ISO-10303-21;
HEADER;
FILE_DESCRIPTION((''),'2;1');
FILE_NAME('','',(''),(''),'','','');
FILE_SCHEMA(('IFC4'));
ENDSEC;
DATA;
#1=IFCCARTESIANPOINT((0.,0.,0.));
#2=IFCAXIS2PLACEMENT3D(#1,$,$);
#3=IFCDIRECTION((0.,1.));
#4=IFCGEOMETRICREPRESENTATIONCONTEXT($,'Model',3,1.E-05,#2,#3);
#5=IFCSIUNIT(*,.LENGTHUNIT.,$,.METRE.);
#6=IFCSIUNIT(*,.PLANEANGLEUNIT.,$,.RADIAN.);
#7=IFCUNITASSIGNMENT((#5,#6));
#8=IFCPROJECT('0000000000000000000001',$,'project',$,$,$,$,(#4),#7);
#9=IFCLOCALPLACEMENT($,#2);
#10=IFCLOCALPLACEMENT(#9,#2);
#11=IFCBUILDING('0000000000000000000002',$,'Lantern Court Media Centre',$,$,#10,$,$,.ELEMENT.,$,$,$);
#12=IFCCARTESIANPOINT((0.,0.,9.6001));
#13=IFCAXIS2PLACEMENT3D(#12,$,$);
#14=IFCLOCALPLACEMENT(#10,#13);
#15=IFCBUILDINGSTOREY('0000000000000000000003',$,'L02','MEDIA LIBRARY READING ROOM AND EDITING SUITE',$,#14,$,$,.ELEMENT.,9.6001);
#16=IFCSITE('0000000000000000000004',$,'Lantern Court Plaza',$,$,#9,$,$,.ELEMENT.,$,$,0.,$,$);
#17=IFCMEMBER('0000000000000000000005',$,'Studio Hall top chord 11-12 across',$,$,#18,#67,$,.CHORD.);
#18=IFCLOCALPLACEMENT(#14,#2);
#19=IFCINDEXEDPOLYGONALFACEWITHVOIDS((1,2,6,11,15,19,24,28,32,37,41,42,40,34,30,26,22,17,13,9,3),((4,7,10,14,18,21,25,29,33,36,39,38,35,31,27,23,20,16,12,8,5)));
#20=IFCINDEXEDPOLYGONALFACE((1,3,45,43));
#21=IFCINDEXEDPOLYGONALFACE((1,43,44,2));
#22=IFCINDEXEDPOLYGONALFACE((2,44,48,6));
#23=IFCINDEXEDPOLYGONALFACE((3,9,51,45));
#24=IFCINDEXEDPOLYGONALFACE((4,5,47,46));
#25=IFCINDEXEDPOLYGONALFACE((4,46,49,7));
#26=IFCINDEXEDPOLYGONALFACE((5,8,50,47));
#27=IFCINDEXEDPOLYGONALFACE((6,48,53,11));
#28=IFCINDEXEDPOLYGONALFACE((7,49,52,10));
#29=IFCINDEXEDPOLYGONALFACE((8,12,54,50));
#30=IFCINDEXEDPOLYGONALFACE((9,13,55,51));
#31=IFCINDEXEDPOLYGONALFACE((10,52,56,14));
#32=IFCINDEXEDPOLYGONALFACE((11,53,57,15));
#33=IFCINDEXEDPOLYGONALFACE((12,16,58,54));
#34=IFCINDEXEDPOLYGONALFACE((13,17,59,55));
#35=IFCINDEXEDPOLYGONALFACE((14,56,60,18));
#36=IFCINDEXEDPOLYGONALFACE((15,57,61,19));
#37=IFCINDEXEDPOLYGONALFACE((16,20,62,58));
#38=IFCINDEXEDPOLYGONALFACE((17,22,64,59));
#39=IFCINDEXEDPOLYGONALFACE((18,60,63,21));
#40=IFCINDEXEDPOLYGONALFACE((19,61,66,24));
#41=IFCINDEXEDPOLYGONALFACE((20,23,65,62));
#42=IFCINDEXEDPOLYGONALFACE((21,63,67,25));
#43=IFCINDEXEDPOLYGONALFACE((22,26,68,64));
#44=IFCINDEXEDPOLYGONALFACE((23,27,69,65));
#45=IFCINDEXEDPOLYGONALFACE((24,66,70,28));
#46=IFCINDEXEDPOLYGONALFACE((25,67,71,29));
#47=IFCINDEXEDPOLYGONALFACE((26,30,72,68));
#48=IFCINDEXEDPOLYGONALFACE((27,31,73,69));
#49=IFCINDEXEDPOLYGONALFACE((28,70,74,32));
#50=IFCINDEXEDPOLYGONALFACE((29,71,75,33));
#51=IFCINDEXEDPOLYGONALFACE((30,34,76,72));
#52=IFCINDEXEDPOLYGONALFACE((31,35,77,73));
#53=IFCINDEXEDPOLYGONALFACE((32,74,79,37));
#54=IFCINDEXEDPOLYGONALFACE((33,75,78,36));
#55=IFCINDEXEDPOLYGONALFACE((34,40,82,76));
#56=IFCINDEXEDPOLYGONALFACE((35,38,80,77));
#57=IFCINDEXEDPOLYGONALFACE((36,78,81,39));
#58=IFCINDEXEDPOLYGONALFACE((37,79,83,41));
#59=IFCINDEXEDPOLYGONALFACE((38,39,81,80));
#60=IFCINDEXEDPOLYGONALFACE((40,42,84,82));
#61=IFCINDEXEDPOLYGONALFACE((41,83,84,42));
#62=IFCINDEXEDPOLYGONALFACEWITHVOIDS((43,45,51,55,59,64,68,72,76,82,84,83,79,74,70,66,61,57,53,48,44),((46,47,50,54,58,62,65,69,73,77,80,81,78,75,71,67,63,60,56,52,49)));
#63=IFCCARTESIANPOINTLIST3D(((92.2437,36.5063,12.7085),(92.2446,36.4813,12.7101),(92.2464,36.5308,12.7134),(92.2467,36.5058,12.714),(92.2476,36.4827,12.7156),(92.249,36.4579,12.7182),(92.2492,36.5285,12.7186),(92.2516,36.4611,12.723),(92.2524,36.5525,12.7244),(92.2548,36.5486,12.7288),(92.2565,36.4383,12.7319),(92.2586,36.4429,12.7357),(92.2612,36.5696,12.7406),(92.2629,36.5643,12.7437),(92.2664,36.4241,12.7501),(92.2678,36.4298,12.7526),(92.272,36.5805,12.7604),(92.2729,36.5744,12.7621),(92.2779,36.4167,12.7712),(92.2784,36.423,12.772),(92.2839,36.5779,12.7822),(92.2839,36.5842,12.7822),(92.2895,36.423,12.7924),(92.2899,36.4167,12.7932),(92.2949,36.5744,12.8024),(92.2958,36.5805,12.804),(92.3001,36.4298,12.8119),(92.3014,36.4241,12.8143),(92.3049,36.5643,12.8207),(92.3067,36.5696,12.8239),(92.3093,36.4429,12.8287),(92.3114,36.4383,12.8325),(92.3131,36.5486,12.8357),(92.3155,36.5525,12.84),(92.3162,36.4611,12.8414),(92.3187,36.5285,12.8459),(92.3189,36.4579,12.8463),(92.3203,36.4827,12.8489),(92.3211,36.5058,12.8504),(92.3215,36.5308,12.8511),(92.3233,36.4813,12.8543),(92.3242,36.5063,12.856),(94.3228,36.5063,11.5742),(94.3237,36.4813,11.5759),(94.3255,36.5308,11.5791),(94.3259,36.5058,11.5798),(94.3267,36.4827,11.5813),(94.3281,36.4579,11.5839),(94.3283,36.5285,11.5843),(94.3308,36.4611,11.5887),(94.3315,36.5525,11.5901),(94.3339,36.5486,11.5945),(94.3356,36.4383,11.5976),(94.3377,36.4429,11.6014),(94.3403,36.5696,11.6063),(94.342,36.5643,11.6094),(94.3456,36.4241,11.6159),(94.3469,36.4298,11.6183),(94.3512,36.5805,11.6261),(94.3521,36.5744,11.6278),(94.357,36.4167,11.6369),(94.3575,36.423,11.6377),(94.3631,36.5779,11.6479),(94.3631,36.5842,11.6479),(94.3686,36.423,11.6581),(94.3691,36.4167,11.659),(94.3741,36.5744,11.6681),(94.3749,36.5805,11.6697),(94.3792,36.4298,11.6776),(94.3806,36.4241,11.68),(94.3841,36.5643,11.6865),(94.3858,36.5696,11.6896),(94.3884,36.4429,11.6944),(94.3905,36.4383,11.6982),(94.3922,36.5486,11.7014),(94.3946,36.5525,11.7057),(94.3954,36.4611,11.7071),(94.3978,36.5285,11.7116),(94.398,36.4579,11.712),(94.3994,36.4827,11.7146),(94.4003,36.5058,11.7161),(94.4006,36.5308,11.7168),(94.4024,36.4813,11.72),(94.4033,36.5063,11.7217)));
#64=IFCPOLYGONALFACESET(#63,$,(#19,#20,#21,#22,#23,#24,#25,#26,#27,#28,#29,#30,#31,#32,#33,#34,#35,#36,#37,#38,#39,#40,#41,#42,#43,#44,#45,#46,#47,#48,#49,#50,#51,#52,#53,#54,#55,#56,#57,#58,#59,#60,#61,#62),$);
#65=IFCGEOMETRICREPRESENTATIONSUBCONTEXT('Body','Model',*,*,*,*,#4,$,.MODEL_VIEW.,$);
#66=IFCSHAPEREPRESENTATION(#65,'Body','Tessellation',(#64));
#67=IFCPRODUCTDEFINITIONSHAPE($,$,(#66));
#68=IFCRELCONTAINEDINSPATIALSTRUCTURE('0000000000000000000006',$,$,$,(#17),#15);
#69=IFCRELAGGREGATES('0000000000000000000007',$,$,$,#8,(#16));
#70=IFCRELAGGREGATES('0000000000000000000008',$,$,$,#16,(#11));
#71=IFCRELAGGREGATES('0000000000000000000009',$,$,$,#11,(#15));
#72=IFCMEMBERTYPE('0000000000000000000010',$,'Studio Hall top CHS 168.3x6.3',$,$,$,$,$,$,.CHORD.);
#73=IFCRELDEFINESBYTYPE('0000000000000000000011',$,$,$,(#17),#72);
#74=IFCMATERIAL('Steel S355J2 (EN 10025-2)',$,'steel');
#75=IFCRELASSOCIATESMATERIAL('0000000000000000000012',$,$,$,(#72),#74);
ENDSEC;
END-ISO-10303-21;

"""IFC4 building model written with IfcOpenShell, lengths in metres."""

from ifc_helpers import new_model, si_unit, direction, frame, origin, origin_2d, place, context, subcontext, project, spatial, hollow_circle, extrude, material, material_profile, profile_set, type_object, element, save


model = new_model("IFC4")

# Units and contexts
model_context = context("Model", 3, precision=1e-05, world=origin(), true_north=direction((0.0, 1.0)))
body_context = subcontext(model_context, "Body", "Model", "MODEL_VIEW")
ifc_project = project(units=[si_unit("LENGTHUNIT", "METRE"), si_unit("PLANEANGLEUNIT", "RADIAN")], contexts=[model_context])

# Site, building, storey
site_placement = place(None, origin())
site = spatial("IfcSite", under=ifc_project, at=site_placement, Name="Lantern Court Plaza", CompositionType="ELEMENT", RefElevation=0.0)
building_placement = place(site_placement, origin())
building = spatial("IfcBuilding", under=site, at=building_placement, Name="Lantern Court Media Centre", CompositionType="ELEMENT")
storey_placement = place(building_placement, frame((0.0, 0.0, 9.6001)))
storey = spatial("IfcBuildingStorey", under=building, at=storey_placement, Name="L02", Description="MEDIA LIBRARY READING ROOM AND EDITING SUITE", CompositionType="ELEMENT", Elevation=9.6001)

# Member
ifc_material = material(Name="Steel S355J2 (EN 10025-2)", Category="steel")
ifc_material_profile_1 = material_profile(ifc_material, hollow_circle(Radius=0.0842, WallThickness=0.0063, at=origin_2d()), Name="Studio Hall top CHS 168.3x6.3")
ifc_profile_set_1 = profile_set([ifc_material_profile_1], Name="Steel S355J2 (EN 10025-2)")
member_type_1 = type_object("IfcMemberType", Name="Studio Hall top CHS 168.3x6.3", PredefinedType="CHORD", material=ifc_profile_set_1)
member_1_placement = place(storey_placement, frame((92.2839, 36.5, 12.7822), z_axis=(0.877856, 0.0, -0.478924), x_axis=(0.0, 1.0, 0.0)))
element("IfcMember", 1, at=member_1_placement, inside=storey, type_object=member_type_1, Name="Studio Hall top chord 11-12 across", PredefinedType="CHORD", context=body_context, shape_type="SweptSolid", body=[
    extrude(hollow_circle(Radius=0.0842, WallThickness=0.0063, at=origin_2d()), origin(), (0.0, 0.0, 1.0), 2.3684),
])

save(model, "model.ifc")
